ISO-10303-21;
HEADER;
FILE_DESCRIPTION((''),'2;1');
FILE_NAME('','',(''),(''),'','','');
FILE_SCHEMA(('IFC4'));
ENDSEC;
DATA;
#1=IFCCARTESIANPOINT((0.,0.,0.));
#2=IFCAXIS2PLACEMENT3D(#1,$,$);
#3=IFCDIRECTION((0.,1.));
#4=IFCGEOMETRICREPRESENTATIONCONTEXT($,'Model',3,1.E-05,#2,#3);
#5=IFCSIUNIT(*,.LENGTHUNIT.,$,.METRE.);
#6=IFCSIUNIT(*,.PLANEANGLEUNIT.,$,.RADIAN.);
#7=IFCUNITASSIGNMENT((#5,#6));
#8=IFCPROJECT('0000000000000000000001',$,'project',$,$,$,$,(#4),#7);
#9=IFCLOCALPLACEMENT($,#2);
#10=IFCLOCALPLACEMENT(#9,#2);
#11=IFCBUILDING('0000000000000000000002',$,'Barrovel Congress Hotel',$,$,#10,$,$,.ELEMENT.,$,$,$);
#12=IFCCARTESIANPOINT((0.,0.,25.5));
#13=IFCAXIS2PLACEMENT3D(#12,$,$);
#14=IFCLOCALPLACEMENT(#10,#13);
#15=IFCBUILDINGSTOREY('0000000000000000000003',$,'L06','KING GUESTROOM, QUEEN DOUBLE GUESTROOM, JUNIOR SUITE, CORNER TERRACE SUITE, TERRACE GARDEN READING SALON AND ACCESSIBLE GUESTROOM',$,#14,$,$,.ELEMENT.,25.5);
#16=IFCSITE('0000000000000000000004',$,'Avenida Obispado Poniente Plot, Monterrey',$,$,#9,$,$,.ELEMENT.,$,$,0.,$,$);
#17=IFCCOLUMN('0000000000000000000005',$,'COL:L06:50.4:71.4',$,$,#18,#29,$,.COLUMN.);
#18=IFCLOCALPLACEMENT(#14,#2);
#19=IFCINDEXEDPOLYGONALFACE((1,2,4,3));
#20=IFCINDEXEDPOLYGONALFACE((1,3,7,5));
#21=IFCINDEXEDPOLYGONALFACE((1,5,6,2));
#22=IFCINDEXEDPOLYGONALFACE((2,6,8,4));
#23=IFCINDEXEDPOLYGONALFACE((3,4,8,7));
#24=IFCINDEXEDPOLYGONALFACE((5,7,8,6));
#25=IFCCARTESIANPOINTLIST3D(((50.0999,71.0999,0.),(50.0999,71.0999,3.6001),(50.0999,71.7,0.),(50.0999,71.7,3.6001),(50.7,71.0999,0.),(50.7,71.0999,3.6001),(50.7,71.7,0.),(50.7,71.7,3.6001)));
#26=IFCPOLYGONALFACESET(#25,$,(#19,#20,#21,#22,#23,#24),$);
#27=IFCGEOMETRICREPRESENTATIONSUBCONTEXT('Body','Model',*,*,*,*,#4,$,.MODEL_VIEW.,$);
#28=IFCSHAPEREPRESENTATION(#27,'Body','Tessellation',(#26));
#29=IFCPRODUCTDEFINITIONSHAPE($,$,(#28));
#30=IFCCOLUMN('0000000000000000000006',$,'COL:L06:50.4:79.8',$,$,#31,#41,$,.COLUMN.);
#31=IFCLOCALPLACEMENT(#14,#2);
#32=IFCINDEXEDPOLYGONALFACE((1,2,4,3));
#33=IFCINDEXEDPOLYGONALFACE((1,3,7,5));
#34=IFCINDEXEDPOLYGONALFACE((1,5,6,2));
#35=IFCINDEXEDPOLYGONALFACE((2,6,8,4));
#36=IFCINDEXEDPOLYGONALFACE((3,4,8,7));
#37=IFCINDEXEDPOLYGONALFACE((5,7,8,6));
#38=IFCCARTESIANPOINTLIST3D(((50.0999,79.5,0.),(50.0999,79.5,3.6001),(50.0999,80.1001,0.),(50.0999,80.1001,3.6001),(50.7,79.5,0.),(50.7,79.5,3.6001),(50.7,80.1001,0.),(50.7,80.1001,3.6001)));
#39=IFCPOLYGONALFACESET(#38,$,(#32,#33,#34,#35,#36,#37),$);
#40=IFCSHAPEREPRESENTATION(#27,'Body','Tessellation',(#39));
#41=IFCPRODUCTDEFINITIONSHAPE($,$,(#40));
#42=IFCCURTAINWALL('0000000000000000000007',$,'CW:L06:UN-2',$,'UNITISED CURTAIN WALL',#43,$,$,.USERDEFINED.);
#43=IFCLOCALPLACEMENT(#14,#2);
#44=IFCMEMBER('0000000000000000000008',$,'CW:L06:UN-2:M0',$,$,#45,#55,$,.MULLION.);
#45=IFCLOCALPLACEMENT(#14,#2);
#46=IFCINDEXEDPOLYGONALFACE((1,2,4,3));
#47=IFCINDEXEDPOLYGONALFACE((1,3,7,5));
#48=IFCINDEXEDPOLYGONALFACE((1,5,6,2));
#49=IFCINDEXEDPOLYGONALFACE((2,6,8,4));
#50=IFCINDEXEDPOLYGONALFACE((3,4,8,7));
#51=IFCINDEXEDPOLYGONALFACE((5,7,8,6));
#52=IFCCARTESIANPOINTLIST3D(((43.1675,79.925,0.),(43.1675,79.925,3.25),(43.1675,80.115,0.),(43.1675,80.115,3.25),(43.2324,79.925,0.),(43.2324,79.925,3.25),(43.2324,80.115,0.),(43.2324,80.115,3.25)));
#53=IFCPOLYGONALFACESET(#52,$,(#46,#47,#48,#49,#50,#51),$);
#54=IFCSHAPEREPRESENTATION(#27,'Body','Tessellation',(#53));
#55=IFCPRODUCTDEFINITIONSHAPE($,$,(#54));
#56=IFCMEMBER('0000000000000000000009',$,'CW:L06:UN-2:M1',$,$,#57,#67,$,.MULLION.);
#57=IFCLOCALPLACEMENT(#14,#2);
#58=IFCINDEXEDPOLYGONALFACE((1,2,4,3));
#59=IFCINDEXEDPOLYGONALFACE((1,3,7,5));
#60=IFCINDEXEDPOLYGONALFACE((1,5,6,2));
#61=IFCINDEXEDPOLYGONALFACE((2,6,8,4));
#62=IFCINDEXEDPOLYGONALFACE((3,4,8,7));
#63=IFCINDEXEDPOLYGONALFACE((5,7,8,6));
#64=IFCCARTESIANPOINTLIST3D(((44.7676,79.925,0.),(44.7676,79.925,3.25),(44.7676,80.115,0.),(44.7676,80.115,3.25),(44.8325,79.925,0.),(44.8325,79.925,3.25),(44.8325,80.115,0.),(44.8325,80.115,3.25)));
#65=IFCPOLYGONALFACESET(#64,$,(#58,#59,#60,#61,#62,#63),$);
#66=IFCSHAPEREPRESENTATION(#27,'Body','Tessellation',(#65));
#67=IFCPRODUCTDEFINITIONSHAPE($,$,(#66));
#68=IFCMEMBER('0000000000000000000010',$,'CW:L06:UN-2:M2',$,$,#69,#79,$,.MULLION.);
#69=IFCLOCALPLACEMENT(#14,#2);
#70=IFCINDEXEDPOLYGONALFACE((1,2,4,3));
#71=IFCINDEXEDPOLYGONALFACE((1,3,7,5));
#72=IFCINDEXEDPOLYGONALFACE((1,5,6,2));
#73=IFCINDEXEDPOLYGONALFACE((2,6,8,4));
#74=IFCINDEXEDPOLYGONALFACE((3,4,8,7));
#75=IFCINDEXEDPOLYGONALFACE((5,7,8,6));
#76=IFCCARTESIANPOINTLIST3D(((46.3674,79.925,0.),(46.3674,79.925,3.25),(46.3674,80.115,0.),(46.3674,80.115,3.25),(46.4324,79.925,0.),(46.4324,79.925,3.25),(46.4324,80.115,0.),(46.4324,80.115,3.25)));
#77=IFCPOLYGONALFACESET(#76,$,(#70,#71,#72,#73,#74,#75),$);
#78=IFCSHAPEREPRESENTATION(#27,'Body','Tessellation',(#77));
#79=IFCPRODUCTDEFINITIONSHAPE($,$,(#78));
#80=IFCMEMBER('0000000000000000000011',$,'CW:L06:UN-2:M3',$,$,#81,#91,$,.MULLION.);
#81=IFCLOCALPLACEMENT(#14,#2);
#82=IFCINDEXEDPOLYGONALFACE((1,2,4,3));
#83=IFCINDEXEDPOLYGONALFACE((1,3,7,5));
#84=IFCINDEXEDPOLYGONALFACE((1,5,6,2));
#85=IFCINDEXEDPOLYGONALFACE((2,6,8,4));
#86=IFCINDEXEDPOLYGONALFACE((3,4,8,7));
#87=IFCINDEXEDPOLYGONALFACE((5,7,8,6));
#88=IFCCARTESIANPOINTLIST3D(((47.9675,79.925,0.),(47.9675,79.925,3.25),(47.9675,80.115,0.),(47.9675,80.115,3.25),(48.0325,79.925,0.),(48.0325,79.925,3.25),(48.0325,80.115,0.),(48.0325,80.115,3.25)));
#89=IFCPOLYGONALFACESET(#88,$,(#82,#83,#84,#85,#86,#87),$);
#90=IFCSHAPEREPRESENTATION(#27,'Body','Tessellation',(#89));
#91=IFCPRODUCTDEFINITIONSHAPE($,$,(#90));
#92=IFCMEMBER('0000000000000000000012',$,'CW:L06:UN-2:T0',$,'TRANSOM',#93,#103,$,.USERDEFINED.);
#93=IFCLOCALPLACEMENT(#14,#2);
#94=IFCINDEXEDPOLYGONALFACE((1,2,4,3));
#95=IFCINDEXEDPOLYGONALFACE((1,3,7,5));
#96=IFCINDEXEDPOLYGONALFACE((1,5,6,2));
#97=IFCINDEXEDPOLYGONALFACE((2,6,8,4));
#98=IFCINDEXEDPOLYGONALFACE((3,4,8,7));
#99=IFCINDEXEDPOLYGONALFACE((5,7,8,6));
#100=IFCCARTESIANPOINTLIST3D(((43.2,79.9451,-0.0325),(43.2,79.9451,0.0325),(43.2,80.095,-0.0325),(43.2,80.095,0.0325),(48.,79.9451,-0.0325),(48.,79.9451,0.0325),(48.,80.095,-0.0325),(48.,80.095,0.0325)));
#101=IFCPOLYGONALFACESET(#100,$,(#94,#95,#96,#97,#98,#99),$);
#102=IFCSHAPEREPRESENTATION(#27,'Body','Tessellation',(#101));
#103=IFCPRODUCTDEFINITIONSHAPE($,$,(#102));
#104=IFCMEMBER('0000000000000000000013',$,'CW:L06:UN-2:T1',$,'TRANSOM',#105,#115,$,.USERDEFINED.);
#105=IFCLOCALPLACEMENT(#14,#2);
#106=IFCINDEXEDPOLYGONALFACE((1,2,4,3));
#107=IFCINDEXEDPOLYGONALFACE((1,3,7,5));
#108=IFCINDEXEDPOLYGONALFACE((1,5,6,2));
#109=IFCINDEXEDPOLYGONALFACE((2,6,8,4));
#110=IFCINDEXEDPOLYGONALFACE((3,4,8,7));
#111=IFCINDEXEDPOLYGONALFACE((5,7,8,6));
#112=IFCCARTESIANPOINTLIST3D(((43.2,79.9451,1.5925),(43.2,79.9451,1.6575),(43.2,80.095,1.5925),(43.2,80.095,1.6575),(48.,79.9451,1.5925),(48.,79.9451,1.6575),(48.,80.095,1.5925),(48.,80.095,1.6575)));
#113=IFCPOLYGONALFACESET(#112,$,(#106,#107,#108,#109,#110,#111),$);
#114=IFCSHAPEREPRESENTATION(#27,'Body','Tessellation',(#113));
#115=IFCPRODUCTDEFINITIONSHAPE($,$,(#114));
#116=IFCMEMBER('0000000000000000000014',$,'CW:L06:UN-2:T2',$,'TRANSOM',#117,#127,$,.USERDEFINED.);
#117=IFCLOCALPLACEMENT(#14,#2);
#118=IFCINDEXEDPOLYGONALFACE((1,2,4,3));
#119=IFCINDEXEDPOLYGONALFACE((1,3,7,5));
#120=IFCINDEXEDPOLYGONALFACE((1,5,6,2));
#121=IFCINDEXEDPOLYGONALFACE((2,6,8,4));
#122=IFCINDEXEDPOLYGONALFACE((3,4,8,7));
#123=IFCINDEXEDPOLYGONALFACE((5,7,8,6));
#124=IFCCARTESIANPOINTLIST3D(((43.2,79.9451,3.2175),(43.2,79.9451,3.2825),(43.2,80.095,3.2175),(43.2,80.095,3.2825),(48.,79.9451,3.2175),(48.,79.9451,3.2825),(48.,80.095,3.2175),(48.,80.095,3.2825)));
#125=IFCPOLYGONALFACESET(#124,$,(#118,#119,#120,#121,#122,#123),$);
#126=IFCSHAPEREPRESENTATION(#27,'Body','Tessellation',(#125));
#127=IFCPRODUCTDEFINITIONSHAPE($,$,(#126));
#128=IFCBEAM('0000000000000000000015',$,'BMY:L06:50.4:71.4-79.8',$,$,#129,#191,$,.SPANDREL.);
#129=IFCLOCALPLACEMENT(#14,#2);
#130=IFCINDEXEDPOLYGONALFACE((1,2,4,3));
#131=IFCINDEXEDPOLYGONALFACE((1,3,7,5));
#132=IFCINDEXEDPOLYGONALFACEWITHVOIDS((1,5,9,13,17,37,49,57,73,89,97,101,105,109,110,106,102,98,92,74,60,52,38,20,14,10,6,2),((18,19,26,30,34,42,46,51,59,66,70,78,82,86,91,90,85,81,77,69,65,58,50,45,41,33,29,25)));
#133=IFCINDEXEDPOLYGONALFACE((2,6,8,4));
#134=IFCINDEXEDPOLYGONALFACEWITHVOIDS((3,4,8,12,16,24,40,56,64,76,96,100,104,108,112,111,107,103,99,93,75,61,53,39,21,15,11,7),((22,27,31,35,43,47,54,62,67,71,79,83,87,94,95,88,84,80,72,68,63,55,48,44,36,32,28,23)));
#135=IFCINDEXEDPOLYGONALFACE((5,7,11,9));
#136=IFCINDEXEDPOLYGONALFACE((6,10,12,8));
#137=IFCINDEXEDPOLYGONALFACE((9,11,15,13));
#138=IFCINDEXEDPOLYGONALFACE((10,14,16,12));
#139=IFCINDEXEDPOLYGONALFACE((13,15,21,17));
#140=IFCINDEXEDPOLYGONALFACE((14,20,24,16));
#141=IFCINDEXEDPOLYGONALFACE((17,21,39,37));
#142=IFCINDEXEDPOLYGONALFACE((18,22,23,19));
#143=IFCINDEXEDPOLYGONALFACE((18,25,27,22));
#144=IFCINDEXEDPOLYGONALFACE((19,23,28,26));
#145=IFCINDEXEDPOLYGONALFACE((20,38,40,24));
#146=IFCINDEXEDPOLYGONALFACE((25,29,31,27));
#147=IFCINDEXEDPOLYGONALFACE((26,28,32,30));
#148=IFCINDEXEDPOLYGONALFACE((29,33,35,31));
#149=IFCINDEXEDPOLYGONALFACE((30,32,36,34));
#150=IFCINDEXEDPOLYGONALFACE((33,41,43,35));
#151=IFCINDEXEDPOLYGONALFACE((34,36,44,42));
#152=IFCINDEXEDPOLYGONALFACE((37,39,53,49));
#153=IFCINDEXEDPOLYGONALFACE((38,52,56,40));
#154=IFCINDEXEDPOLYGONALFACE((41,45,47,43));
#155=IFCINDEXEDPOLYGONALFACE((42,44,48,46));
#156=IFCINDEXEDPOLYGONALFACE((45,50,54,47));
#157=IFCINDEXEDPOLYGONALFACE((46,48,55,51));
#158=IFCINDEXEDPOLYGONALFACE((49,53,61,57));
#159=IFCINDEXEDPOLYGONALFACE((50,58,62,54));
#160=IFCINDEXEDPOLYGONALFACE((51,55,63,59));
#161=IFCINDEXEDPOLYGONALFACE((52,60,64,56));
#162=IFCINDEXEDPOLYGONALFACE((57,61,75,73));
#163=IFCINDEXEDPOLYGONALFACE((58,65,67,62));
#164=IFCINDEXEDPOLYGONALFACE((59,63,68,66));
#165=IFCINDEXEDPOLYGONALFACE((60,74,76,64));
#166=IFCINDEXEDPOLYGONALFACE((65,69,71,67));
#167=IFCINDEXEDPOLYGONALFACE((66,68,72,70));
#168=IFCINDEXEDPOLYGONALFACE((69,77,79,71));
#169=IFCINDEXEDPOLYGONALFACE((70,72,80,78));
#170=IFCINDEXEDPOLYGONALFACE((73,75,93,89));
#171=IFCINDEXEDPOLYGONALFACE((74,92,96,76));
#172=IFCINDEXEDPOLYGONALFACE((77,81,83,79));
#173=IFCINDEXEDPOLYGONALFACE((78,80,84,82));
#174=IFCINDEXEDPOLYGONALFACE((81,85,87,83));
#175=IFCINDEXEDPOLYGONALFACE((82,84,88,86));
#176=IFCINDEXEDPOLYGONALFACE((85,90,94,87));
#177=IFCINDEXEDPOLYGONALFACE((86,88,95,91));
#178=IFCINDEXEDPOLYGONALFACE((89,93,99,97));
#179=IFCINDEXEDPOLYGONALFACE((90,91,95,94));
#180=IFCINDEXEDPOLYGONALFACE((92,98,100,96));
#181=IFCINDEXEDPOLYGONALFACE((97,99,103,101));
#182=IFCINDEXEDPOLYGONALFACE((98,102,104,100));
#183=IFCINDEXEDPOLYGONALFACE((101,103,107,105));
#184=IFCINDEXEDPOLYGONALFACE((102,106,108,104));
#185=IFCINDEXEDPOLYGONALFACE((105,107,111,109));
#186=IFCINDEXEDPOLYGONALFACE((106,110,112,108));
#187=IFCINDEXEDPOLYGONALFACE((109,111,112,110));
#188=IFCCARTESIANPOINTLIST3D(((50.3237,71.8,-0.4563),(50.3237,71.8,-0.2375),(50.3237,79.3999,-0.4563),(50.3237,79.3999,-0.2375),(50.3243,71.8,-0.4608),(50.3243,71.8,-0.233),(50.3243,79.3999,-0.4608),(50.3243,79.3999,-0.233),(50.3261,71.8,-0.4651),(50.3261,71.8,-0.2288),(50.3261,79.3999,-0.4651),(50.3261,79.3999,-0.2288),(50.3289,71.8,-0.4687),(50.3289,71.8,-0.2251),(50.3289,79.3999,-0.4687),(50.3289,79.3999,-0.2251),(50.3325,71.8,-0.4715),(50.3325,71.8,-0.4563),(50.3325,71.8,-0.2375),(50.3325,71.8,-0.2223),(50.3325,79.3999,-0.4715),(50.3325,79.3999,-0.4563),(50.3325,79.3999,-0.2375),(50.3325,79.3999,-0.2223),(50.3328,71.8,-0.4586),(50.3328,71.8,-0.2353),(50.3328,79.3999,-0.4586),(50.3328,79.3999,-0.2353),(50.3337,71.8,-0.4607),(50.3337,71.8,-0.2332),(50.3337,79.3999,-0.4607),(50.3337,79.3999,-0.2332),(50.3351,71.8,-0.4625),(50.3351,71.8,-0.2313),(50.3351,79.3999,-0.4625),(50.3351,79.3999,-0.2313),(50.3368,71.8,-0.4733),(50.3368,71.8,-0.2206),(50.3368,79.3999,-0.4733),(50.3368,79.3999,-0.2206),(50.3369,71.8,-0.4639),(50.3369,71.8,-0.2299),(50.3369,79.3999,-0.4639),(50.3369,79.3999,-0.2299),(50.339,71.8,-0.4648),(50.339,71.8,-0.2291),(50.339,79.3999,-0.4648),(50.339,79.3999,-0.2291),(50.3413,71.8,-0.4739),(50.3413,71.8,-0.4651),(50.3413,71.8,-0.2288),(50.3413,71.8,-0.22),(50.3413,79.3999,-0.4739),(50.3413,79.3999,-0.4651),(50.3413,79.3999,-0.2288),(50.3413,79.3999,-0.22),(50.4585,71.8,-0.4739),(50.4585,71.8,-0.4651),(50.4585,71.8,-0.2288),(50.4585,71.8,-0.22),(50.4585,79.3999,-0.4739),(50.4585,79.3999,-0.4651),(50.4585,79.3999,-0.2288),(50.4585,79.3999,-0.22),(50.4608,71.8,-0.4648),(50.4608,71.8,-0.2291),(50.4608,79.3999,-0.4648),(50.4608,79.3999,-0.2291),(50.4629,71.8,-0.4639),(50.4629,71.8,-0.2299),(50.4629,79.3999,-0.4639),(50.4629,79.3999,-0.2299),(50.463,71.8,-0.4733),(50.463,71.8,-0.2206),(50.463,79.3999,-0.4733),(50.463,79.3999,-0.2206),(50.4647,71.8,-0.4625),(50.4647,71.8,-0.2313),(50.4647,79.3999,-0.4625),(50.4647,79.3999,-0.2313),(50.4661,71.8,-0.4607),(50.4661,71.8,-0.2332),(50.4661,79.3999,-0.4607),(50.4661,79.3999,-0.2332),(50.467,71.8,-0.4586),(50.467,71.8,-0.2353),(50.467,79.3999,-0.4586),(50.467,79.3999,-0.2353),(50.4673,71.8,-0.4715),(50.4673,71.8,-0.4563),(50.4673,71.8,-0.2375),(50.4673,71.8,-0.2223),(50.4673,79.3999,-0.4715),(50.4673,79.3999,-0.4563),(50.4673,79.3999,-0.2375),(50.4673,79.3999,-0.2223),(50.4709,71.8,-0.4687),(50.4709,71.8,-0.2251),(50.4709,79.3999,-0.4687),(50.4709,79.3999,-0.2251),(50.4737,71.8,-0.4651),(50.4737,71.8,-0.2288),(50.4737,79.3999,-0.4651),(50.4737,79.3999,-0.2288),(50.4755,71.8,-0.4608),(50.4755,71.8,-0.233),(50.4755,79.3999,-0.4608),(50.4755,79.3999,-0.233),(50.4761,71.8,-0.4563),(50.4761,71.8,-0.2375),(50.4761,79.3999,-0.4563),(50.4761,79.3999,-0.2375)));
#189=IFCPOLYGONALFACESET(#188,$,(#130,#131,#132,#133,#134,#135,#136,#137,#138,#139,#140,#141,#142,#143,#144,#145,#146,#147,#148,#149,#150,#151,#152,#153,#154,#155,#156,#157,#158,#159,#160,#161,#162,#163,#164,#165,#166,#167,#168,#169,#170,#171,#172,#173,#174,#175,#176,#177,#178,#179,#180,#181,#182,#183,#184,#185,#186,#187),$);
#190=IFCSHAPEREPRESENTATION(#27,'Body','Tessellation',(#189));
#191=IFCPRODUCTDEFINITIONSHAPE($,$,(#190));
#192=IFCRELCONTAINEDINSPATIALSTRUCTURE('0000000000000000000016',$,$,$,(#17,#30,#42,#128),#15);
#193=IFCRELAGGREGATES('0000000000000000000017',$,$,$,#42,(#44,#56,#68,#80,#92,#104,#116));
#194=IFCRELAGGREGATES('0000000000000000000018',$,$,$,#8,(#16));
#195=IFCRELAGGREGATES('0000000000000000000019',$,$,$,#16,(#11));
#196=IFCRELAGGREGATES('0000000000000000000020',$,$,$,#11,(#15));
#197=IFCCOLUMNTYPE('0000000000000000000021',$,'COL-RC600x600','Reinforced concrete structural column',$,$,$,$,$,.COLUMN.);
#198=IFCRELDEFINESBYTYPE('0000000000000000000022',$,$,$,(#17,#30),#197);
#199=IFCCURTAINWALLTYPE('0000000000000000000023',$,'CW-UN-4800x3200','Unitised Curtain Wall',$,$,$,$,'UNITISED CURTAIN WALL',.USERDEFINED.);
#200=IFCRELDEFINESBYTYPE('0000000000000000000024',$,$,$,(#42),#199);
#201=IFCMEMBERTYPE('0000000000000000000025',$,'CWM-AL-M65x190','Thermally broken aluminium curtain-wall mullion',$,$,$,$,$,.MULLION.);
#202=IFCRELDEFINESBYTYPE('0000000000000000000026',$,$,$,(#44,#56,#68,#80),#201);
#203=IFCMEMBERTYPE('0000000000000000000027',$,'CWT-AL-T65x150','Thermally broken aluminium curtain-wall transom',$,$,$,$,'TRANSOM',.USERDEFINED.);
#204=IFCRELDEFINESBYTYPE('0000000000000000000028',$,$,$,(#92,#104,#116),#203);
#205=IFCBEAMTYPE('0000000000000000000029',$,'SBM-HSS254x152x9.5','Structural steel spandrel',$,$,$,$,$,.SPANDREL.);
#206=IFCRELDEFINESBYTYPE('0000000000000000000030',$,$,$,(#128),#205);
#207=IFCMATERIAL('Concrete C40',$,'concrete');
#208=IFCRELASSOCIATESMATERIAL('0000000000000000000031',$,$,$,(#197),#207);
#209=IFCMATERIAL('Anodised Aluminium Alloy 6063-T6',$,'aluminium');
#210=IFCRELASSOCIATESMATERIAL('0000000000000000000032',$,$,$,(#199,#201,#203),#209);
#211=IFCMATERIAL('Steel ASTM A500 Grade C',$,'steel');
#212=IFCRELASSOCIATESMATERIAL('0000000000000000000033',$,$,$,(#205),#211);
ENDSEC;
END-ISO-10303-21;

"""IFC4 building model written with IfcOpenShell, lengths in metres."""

from ifc_helpers import new_model, si_unit, direction, frame, origin, origin_2d, place, context, subcontext, project, spatial, rectangle, hollow_rectangle, extrude, material, material_profile, profile_set, type_object, element, aggregate, save


model = new_model("IFC4")

# Units and contexts
model_context = context("Model", 3, precision=1e-05, world=origin(), true_north=direction((0.0, 1.0)))
body_context = subcontext(model_context, "Body", "Model", "MODEL_VIEW")
ifc_project = project(units=[si_unit("LENGTHUNIT", "METRE"), si_unit("PLANEANGLEUNIT", "RADIAN")], contexts=[model_context])

# Site, building, storey
site_placement = place(None, origin())
site = spatial("IfcSite", under=ifc_project, at=site_placement, Name="Avenida Obispado Poniente Plot, Monterrey", CompositionType="ELEMENT", RefElevation=0.0)
building_placement = place(site_placement, origin())
building = spatial("IfcBuilding", under=site, at=building_placement, Name="Barrovel Congress Hotel", CompositionType="ELEMENT")
storey_placement = place(building_placement, frame((0.0, 0.0, 25.5)))
storey = spatial("IfcBuildingStorey", under=building, at=storey_placement, Name="L06", Description="KING GUESTROOM, QUEEN DOUBLE GUESTROOM, JUNIOR SUITE, CORNER TERRACE SUITE, TERRACE GARDEN READING SALON AND ACCESSIBLE GUESTROOM", CompositionType="ELEMENT", Elevation=25.5)

# Columns
ifc_material_1 = material(Name="Concrete C40", Category="concrete")
ifc_material_profile_1 = material_profile(ifc_material_1, rectangle(XDim=0.6001, YDim=0.6001, at=origin_2d()), Name="RC600x600")
ifc_profile_set_1 = profile_set([ifc_material_profile_1], Name="Concrete C40")
column_type = type_object("IfcColumnType", Name="COL-RC600x600", Description="Reinforced concrete structural column", PredefinedType="COLUMN", material=ifc_profile_set_1)
for number, where, z_axis, x_axis, name in (
    (1, (50.3999, 71.3999, 0.0), (0.0, 0.0, 1.0), (1.0, 0.0, 0.0), "COL:L06:50.4:71.4"),
    (2, (50.3999, 79.8, 0.0), (0.0, 0.0, 1.0), (1.0, 0.0, 0.0), "COL:L06:50.4:79.8"),
):
    element("IfcColumn", number, at=place(storey_placement, frame(where, z_axis=z_axis, x_axis=x_axis)), inside=storey, type_object=column_type, Name=name, PredefinedType="COLUMN", context=body_context, shape_type="SweptSolid", body=[
        extrude(rectangle(XDim=0.6001, YDim=0.6001, at=origin_2d()), origin(), (0.0, 0.0, 1.0), 3.6001),
    ])

# Curtain wall, members
ifc_material_2 = material(Name="Anodised Aluminium Alloy 6063-T6", Category="aluminium")
curtain_wall_type = type_object("IfcCurtainWallType", Name="CW-UN-4800x3200", Description="Unitised Curtain Wall", ElementType="UNITISED CURTAIN WALL", PredefinedType="USERDEFINED", material=ifc_material_2)
curtain_wall_placement = place(storey_placement, origin())
curtain_wall = element("IfcCurtainWall", 3, at=curtain_wall_placement, inside=storey, type_object=curtain_wall_type, Name="CW:L06:UN-2", ObjectType="UNITISED CURTAIN WALL", PredefinedType="USERDEFINED")
ifc_material_profile_2 = material_profile(ifc_material_2, rectangle(XDim=0.0649, YDim=0.1899, at=origin_2d()), Name="AL-M65x190")
ifc_profile_set_2 = profile_set([ifc_material_profile_2], Name="Anodised Aluminium Alloy 6063-T6")
member_type_1 = type_object("IfcMemberType", Name="CWM-AL-M65x190", Description="Thermally broken aluminium curtain-wall mullion", PredefinedType="MULLION", material=ifc_profile_set_2)
member_1_placement = place(storey_placement, frame((43.2, 80.02, 0.0), z_axis=(0.0, 0.0, 1.0), x_axis=(1.0, 0.0, 0.0)))
member_1 = element("IfcMember", 4, at=member_1_placement, type_object=member_type_1, Name="CW:L06:UN-2:M0", PredefinedType="MULLION", context=body_context, shape_type="SweptSolid", body=[
    extrude(rectangle(XDim=0.0649, YDim=0.1899, at=origin_2d()), origin(), (0.0, 0.0, 1.0), 3.25),
])
member_2_placement = place(storey_placement, frame((44.8, 80.02, 0.0), z_axis=(0.0, 0.0, 1.0), x_axis=(1.0, 0.0, 0.0)))
member_2 = element("IfcMember", 5, at=member_2_placement, type_object=member_type_1, Name="CW:L06:UN-2:M1", PredefinedType="MULLION", context=body_context, shape_type="SweptSolid", body=[
    extrude(rectangle(XDim=0.0649, YDim=0.1899, at=origin_2d()), origin(), (0.0, 0.0, 1.0), 3.25),
])
member_3_placement = place(storey_placement, frame((46.3999, 80.02, 0.0), z_axis=(0.0, 0.0, 1.0), x_axis=(1.0, 0.0, 0.0)))
member_3 = element("IfcMember", 6, at=member_3_placement, type_object=member_type_1, Name="CW:L06:UN-2:M2", PredefinedType="MULLION", context=body_context, shape_type="SweptSolid", body=[
    extrude(rectangle(XDim=0.0649, YDim=0.1899, at=origin_2d()), origin(), (0.0, 0.0, 1.0), 3.25),
])
member_4_placement = place(storey_placement, frame((48.0, 80.02, 0.0), z_axis=(0.0, 0.0, 1.0), x_axis=(1.0, 0.0, 0.0)))
member_4 = element("IfcMember", 7, at=member_4_placement, type_object=member_type_1, Name="CW:L06:UN-2:M3", PredefinedType="MULLION", context=body_context, shape_type="SweptSolid", body=[
    extrude(rectangle(XDim=0.0649, YDim=0.1899, at=origin_2d()), origin(), (0.0, 0.0, 1.0), 3.25),
])
ifc_material_profile_3 = material_profile(ifc_material_2, rectangle(XDim=0.1499, YDim=0.0649, at=origin_2d()), Name="AL-T65x150")
ifc_profile_set_3 = profile_set([ifc_material_profile_3], Name="Anodised Aluminium Alloy 6063-T6")
member_type_2 = type_object("IfcMemberType", Name="CWT-AL-T65x150", Description="Thermally broken aluminium curtain-wall transom", ElementType="TRANSOM", PredefinedType="USERDEFINED", material=ifc_profile_set_3)
member_5_placement = place(storey_placement, frame((43.2, 80.02, 0.0), z_axis=(1.0, 0.0, 0.0), x_axis=(0.0, 1.0, 0.0)))
member_5 = element("IfcMember", 8, at=member_5_placement, type_object=member_type_2, Name="CW:L06:UN-2:T0", ObjectType="TRANSOM", PredefinedType="USERDEFINED", context=body_context, shape_type="SweptSolid", body=[
    extrude(rectangle(XDim=0.1499, YDim=0.0649, at=origin_2d()), origin(), (0.0, 0.0, 1.0), 4.8),
])
member_6_placement = place(storey_placement, frame((43.2, 80.02, 1.625), z_axis=(1.0, 0.0, 0.0), x_axis=(0.0, 1.0, 0.0)))
member_6 = element("IfcMember", 9, at=member_6_placement, type_object=member_type_2, Name="CW:L06:UN-2:T1", ObjectType="TRANSOM", PredefinedType="USERDEFINED", context=body_context, shape_type="SweptSolid", body=[
    extrude(rectangle(XDim=0.1499, YDim=0.0649, at=origin_2d()), origin(), (0.0, 0.0, 1.0), 4.8),
])
member_7_placement = place(storey_placement, frame((43.2, 80.02, 3.25), z_axis=(1.0, 0.0, 0.0), x_axis=(0.0, 1.0, 0.0)))
member_7 = element("IfcMember", 10, at=member_7_placement, type_object=member_type_2, Name="CW:L06:UN-2:T2", ObjectType="TRANSOM", PredefinedType="USERDEFINED", context=body_context, shape_type="SweptSolid", body=[
    extrude(rectangle(XDim=0.1499, YDim=0.0649, at=origin_2d()), origin(), (0.0, 0.0, 1.0), 4.8),
])

# Beam
ifc_material_3 = material(Name="Steel ASTM A500 Grade C", Category="steel")
ifc_material_profile_4 = material_profile(ifc_material_3, hollow_rectangle(XDim=0.1523, YDim=0.2539, WallThickness=0.0088, InnerFilletRadius=0.0088, OuterFilletRadius=0.0176, at=origin_2d()), Name="HSS254x152x9.5")
ifc_profile_set_4 = profile_set([ifc_material_profile_4], Name="Steel ASTM A500 Grade C")
beam_type = type_object("IfcBeamType", Name="SBM-HSS254x152x9.5", Description="Structural steel spandrel", PredefinedType="SPANDREL", material=ifc_profile_set_4)
beam_placement = place(storey_placement, frame((50.3999, 71.8, -0.3469), z_axis=(0.0, 1.0, 0.0), x_axis=(-1.0, 0.0, 0.0)))
element("IfcBeam", 11, at=beam_placement, inside=storey, type_object=beam_type, Name="BMY:L06:50.4:71.4-79.8", PredefinedType="SPANDREL", context=body_context, shape_type="SweptSolid", body=[
    extrude(hollow_rectangle(XDim=0.1523, YDim=0.2539, WallThickness=0.0088, InnerFilletRadius=0.0088, OuterFilletRadius=0.0176, at=origin_2d()), origin(), (0.0, 0.0, 1.0), 7.5999),
])

aggregate(curtain_wall, [member_1, member_2, member_3, member_4, member_5, member_6, member_7])

save(model, "model.ifc")
